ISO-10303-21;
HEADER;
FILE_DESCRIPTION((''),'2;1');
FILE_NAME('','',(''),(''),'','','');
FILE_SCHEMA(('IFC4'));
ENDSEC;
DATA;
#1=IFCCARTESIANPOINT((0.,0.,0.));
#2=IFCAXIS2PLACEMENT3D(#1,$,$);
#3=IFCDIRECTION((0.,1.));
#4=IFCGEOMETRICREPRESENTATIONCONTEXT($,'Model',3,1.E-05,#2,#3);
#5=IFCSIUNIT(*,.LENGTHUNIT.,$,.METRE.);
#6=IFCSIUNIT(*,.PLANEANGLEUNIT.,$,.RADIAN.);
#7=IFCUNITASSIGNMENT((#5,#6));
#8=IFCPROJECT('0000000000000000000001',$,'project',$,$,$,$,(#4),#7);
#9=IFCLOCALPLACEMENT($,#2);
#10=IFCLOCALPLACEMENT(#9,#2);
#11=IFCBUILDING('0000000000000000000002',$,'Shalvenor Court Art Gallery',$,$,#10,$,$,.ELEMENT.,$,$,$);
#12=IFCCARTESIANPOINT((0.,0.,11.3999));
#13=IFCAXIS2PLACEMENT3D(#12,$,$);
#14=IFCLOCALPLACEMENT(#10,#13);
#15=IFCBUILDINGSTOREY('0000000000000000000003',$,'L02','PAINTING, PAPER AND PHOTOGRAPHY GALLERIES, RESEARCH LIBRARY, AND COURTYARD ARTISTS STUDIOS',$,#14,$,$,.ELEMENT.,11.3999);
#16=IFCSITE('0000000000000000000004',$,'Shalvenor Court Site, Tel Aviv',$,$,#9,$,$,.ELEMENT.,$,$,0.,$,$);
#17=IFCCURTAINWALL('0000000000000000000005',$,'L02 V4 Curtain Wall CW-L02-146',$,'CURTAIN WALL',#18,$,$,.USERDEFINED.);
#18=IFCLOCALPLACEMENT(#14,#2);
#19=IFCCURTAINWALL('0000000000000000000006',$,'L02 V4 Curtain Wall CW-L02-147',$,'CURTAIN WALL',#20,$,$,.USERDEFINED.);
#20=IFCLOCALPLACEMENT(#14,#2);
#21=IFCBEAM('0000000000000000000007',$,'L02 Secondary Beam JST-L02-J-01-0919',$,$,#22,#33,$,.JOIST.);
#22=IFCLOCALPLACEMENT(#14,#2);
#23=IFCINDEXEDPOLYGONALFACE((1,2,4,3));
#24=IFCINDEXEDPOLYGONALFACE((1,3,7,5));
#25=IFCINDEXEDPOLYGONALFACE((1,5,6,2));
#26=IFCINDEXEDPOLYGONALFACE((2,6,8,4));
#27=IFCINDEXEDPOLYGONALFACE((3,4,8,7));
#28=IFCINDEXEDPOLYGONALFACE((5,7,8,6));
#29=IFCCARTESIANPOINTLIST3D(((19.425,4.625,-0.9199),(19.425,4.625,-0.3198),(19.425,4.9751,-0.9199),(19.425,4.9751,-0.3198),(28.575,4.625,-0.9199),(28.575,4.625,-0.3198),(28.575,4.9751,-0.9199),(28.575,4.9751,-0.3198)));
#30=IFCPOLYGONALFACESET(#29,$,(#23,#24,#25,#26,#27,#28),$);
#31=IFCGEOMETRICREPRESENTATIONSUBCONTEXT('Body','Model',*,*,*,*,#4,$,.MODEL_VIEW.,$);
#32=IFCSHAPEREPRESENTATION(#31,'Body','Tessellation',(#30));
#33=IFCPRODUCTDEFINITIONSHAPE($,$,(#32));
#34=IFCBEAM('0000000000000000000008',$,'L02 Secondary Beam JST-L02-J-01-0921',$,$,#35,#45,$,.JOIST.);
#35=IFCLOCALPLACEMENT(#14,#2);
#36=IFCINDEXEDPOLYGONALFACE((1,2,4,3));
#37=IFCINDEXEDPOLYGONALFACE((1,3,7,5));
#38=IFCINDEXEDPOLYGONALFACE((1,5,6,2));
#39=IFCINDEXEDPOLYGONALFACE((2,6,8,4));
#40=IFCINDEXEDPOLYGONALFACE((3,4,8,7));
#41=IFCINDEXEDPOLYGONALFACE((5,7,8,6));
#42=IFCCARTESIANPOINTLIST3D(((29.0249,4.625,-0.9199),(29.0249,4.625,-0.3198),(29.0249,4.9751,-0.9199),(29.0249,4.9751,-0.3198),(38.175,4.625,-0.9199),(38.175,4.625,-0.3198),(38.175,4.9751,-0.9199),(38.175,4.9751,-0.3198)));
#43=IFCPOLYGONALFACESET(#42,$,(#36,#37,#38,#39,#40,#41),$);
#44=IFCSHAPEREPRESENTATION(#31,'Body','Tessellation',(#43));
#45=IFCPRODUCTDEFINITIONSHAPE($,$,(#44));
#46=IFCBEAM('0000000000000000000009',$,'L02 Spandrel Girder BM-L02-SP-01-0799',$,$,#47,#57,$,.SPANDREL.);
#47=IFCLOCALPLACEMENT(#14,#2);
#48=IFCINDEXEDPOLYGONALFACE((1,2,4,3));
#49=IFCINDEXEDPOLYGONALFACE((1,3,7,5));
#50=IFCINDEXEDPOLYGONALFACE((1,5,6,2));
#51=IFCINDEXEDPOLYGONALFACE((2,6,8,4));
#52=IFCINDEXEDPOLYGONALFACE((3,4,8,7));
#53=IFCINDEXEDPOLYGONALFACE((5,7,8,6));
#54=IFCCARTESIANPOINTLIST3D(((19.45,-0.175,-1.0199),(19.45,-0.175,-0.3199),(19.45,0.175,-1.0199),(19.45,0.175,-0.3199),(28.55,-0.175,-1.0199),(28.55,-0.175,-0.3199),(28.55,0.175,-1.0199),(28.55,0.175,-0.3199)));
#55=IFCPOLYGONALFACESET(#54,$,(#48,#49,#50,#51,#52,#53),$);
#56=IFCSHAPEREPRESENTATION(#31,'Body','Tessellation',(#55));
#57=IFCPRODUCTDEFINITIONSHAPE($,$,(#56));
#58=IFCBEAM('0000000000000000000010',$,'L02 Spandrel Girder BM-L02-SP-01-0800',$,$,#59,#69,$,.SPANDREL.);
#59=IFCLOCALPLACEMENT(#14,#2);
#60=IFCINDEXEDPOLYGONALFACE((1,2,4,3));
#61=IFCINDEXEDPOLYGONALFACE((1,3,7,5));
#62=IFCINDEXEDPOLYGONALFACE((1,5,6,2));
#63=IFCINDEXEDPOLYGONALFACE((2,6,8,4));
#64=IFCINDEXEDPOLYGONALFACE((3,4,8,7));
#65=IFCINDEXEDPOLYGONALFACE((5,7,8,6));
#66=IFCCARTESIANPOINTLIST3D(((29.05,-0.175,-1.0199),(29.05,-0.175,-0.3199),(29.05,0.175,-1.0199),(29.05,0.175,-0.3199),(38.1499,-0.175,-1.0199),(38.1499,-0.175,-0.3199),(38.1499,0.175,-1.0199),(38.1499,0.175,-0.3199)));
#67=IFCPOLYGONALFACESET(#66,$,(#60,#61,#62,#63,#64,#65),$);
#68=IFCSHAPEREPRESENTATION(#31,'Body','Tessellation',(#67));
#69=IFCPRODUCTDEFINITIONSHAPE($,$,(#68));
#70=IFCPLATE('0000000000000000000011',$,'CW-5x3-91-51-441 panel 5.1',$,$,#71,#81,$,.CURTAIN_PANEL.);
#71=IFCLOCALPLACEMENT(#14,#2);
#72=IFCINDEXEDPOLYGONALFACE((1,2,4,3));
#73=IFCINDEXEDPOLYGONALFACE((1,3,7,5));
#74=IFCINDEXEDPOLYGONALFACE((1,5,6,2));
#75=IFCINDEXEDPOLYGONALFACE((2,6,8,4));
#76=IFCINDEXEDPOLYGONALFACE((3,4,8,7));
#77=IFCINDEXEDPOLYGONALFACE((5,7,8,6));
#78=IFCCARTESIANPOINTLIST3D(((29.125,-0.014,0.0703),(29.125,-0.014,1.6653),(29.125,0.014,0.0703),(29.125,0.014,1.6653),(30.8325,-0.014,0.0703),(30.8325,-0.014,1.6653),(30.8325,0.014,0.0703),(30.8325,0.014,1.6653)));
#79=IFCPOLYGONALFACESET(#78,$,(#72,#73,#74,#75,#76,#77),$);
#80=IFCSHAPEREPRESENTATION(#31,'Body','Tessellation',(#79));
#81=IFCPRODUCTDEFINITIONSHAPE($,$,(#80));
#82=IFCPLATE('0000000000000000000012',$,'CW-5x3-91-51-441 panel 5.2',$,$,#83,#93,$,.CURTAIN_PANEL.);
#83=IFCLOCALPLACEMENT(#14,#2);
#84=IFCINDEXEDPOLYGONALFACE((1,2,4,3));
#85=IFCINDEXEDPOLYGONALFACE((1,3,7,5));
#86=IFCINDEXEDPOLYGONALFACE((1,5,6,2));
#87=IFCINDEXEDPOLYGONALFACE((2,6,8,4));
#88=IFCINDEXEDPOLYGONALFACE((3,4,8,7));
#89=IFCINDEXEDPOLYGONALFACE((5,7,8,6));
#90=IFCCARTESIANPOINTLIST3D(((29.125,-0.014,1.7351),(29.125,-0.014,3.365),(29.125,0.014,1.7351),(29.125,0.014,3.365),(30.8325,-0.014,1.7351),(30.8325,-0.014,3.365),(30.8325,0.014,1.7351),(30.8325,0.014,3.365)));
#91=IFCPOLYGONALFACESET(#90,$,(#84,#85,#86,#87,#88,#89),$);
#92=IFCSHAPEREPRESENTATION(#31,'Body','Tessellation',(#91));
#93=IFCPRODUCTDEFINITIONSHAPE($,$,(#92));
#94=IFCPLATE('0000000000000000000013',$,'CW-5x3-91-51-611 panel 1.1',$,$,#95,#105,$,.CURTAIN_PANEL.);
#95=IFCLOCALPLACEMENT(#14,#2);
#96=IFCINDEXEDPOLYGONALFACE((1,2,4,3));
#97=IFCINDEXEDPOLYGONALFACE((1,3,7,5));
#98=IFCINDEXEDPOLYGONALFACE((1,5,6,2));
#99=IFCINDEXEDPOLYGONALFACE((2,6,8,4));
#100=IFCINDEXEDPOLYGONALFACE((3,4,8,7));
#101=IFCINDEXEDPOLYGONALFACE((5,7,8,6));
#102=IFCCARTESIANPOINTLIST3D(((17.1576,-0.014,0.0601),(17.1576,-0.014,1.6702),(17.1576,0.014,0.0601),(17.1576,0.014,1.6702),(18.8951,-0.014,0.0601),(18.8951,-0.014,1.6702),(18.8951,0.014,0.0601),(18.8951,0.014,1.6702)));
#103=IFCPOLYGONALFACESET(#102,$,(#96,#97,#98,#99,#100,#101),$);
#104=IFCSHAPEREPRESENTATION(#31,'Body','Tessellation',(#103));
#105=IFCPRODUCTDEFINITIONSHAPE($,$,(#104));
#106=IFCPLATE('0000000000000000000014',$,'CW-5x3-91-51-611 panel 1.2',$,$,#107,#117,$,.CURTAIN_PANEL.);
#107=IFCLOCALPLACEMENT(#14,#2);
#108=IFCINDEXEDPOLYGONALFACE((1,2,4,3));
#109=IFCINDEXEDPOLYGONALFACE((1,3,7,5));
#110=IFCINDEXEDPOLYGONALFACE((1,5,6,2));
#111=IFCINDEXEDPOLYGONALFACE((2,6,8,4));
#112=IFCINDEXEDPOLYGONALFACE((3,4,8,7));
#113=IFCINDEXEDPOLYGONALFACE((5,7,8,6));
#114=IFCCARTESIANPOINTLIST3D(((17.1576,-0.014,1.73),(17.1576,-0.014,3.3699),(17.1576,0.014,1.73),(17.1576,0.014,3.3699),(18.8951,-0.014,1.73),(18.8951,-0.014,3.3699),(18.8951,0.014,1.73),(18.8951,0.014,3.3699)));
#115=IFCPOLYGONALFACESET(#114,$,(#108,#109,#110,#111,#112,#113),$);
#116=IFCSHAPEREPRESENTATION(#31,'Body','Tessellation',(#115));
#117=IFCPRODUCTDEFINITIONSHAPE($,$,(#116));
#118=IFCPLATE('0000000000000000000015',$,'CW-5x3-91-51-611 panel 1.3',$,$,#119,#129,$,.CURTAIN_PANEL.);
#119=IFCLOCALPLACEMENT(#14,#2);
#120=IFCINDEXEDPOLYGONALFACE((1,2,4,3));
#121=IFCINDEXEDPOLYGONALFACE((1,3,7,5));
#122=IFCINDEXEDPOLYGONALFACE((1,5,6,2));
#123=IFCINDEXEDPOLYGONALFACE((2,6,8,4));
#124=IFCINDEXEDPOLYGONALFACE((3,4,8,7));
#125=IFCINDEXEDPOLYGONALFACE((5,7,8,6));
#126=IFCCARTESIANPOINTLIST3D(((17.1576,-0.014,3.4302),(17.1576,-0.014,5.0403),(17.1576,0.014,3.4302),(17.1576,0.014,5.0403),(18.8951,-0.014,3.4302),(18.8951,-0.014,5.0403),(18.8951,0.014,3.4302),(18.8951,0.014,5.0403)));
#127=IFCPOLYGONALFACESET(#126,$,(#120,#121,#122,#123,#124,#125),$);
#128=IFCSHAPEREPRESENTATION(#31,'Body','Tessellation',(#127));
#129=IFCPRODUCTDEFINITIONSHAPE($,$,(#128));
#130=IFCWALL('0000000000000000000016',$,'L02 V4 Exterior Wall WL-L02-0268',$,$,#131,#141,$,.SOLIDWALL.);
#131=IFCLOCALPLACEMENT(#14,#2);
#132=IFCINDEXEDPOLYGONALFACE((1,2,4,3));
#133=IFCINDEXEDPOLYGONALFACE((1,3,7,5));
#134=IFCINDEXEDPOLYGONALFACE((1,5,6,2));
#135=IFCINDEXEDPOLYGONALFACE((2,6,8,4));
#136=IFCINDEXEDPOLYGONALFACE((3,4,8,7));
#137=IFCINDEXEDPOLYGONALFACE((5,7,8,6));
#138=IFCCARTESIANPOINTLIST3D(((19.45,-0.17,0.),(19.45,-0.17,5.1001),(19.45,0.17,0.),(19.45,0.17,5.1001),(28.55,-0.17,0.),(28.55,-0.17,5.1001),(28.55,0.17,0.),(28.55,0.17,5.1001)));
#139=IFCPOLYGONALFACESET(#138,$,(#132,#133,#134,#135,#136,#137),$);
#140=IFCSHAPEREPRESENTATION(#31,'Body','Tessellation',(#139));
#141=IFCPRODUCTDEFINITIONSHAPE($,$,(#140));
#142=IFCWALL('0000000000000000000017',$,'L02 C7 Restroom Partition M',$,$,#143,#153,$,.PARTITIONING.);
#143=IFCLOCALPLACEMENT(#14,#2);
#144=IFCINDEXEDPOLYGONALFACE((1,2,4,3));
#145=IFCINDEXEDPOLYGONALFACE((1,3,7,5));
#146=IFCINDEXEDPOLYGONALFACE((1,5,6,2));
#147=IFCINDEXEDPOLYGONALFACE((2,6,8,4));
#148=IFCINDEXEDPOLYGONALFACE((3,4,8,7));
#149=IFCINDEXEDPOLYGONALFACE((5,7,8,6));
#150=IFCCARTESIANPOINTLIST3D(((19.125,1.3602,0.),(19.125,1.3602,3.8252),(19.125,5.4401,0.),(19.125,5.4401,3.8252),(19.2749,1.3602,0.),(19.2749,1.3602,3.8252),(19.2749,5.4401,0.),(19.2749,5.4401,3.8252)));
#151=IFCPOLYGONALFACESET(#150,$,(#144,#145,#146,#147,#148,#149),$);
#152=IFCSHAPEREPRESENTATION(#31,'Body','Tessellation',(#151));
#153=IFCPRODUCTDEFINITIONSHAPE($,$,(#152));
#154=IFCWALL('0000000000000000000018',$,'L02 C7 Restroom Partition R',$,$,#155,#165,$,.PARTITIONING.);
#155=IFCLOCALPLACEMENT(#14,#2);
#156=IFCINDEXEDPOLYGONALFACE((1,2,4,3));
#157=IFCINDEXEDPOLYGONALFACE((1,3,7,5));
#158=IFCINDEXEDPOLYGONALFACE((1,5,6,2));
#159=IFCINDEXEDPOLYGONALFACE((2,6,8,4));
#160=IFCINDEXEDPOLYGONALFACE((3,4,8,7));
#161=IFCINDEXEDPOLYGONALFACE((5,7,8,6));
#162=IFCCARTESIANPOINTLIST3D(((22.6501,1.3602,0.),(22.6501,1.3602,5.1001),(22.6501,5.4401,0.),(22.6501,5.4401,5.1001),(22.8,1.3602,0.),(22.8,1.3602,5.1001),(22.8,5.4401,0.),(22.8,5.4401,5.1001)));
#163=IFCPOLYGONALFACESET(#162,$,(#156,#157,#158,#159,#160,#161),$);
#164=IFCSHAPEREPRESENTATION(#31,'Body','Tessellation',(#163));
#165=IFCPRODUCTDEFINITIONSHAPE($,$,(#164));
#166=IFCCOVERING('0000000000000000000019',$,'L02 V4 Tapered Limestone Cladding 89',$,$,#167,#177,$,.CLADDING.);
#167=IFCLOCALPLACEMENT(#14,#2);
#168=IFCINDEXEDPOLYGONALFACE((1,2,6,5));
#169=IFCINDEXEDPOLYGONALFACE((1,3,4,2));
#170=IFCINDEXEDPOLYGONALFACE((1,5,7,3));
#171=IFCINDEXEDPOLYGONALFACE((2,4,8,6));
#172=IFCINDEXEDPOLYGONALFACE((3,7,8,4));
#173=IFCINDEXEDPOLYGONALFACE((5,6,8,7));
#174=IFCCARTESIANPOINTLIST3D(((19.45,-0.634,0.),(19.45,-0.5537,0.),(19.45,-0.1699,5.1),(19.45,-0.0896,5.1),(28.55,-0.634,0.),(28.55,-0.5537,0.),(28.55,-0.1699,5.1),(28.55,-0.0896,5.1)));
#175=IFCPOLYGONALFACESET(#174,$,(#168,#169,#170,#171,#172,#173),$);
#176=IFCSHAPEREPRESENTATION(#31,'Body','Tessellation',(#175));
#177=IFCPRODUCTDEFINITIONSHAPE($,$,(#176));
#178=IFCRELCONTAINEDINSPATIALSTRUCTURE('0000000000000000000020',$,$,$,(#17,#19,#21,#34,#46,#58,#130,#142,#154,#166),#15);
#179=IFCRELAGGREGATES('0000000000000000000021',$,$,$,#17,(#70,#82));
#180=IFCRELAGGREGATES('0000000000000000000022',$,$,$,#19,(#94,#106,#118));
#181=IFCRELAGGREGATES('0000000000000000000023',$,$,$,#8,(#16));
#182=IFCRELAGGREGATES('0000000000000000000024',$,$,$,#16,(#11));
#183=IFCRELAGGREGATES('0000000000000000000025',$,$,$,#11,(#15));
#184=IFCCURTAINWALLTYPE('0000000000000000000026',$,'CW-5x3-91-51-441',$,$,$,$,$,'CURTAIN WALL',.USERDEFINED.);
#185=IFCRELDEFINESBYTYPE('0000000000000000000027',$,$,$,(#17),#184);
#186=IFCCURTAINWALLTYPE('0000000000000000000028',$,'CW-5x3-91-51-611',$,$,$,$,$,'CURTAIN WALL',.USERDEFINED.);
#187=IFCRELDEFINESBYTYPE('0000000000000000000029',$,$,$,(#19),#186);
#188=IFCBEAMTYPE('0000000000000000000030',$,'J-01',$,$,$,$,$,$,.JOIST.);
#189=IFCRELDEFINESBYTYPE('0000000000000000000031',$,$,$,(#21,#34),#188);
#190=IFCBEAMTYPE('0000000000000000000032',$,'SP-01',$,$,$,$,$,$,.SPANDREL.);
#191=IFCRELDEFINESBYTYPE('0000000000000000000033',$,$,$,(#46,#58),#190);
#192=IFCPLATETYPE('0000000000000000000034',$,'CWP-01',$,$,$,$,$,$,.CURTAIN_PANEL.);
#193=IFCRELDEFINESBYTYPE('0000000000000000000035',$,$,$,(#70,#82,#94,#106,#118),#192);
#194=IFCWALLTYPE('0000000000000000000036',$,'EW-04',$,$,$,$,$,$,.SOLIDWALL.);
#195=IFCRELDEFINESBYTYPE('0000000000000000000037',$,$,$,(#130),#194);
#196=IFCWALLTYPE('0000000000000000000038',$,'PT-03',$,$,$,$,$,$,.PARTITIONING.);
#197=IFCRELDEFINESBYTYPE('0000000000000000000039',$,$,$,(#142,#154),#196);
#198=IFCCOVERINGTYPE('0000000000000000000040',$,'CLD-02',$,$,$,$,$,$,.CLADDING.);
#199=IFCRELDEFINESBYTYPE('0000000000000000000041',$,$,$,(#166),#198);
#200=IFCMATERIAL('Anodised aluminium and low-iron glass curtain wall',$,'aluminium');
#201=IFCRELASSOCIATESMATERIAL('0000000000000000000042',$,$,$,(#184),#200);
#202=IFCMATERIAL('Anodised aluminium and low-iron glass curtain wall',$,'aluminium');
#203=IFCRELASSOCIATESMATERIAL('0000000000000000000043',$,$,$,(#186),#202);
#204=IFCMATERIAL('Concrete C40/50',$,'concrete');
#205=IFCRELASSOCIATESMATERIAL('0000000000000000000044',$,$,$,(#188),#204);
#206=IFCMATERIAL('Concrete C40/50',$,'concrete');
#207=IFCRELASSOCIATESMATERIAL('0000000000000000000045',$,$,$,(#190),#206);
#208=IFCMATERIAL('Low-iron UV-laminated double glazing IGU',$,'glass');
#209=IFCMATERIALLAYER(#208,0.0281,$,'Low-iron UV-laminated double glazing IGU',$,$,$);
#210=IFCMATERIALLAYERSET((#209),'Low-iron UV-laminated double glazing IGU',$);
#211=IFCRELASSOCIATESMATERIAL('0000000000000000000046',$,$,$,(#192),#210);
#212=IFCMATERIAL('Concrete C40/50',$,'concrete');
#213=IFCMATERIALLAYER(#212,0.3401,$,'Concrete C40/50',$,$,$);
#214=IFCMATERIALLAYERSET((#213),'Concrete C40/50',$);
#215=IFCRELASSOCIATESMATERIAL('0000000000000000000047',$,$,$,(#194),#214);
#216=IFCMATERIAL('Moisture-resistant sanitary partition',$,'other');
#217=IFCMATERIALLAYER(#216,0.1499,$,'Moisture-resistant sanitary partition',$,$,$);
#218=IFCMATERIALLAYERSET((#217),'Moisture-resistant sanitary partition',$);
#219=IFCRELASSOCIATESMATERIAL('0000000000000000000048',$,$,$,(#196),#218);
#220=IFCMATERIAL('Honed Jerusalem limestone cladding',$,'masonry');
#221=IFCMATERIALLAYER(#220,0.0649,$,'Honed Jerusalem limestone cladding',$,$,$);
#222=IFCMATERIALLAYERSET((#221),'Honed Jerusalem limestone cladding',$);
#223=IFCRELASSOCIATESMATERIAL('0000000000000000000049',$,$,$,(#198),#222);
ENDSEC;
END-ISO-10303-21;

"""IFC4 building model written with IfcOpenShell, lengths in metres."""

from ifc_helpers import new_model, si_unit, direction, frame, frame_2d, origin, origin_2d, place, context, subcontext, project, spatial, polyline, rectangle, outline, extrude, material, layer, layer_set, material_profile, profile_set, type_object, element, aggregate, save


model = new_model("IFC4")

# Units and contexts
model_context = context("Model", 3, precision=1e-05, world=origin(), true_north=direction((0.0, 1.0)))
body_context = subcontext(model_context, "Body", "Model", "MODEL_VIEW")
ifc_project = project(units=[si_unit("LENGTHUNIT", "METRE"), si_unit("PLANEANGLEUNIT", "RADIAN")], contexts=[model_context])

# Site, building, storey
site_placement = place(None, origin())
site = spatial("IfcSite", under=ifc_project, at=site_placement, Name="Shalvenor Court Site, Tel Aviv", CompositionType="ELEMENT", RefElevation=0.0)
building_placement = place(site_placement, origin())
building = spatial("IfcBuilding", under=site, at=building_placement, Name="Shalvenor Court Art Gallery", CompositionType="ELEMENT")
storey_placement = place(building_placement, frame((0.0, 0.0, 11.3999)))
storey = spatial("IfcBuildingStorey", under=building, at=storey_placement, Name="L02", Description="PAINTING, PAPER AND PHOTOGRAPHY GALLERIES, RESEARCH LIBRARY, AND COURTYARD ARTISTS STUDIOS", CompositionType="ELEMENT", Elevation=11.3999)

# Curtain wall
ifc_material_1 = material(Name="Anodised aluminium and low-iron glass curtain wall", Category="aluminium")
curtain_wall_type_1 = type_object("IfcCurtainWallType", Name="CW-5x3-91-51-441", ElementType="CURTAIN WALL", PredefinedType="USERDEFINED", material=ifc_material_1)
curtain_wall_1_placement = place(storey_placement, origin())
curtain_wall_1 = element("IfcCurtainWall", 1, at=curtain_wall_1_placement, inside=storey, type_object=curtain_wall_type_1, Name="L02 V4 Curtain Wall CW-L02-146", ObjectType="CURTAIN WALL", PredefinedType="USERDEFINED")

# Curtain wall
ifc_material_2 = material(Name="Anodised aluminium and low-iron glass curtain wall", Category="aluminium")
curtain_wall_type_2 = type_object("IfcCurtainWallType", Name="CW-5x3-91-51-611", ElementType="CURTAIN WALL", PredefinedType="USERDEFINED", material=ifc_material_2)
curtain_wall_2_placement = place(storey_placement, origin())
curtain_wall_2 = element("IfcCurtainWall", 2, at=curtain_wall_2_placement, inside=storey, type_object=curtain_wall_type_2, Name="L02 V4 Curtain Wall CW-L02-147", ObjectType="CURTAIN WALL", PredefinedType="USERDEFINED")

# Beams
ifc_material_3 = material(Name="Concrete C40/50", Category="concrete")
ifc_material_profile_1 = material_profile(ifc_material_3, rectangle(XDim=0.3501, YDim=0.6001, at=origin_2d()), Name="RC 350x600")
ifc_profile_set_1 = profile_set([ifc_material_profile_1], Name="Concrete C40/50")
beam_type_1 = type_object("IfcBeamType", Name="J-01", PredefinedType="JOIST", material=ifc_profile_set_1)
beam_1_placement = place(storey_placement, frame((19.425, 4.8, -0.6199), z_axis=(1.0, 0.0, 0.0), x_axis=(0.0, 1.0, 0.0)))
element("IfcBeam", 3, at=beam_1_placement, inside=storey, type_object=beam_type_1, Name="L02 Secondary Beam JST-L02-J-01-0919", PredefinedType="JOIST", context=body_context, shape_type="SweptSolid", body=[
    extrude(rectangle(XDim=0.3501, YDim=0.6001, at=origin_2d()), origin(), (0.0, 0.0, 1.0), 9.1499),
])
beam_2_placement = place(storey_placement, frame((29.0249, 4.8, -0.6199), z_axis=(1.0, 0.0, 0.0), x_axis=(0.0, 1.0, 0.0)))
element("IfcBeam", 4, at=beam_2_placement, inside=storey, type_object=beam_type_1, Name="L02 Secondary Beam JST-L02-J-01-0921", PredefinedType="JOIST", context=body_context, shape_type="SweptSolid", body=[
    extrude(rectangle(XDim=0.3501, YDim=0.6001, at=origin_2d()), origin(), (0.0, 0.0, 1.0), 9.1501),
])
ifc_material_4 = material(Name="Concrete C40/50", Category="concrete")
ifc_material_profile_2 = material_profile(ifc_material_4, rectangle(XDim=0.3501, YDim=0.7, at=origin_2d()), Name="RC 350x700")
ifc_profile_set_2 = profile_set([ifc_material_profile_2], Name="Concrete C40/50")
beam_type_2 = type_object("IfcBeamType", Name="SP-01", PredefinedType="SPANDREL", material=ifc_profile_set_2)
beam_3_placement = place(storey_placement, frame((19.45, 0.0, -0.6699), z_axis=(1.0, 0.0, 0.0), x_axis=(0.0, 1.0, 0.0)))
element("IfcBeam", 5, at=beam_3_placement, inside=storey, type_object=beam_type_2, Name="L02 Spandrel Girder BM-L02-SP-01-0799", PredefinedType="SPANDREL", context=body_context, shape_type="SweptSolid", body=[
    extrude(rectangle(XDim=0.3501, YDim=0.7, at=origin_2d()), origin(), (0.0, 0.0, 1.0), 9.1001),
])
beam_4_placement = place(storey_placement, frame((29.05, 0.0, -0.6699), z_axis=(1.0, 0.0, 0.0), x_axis=(0.0, 1.0, 0.0)))
element("IfcBeam", 6, at=beam_4_placement, inside=storey, type_object=beam_type_2, Name="L02 Spandrel Girder BM-L02-SP-01-0800", PredefinedType="SPANDREL", context=body_context, shape_type="SweptSolid", body=[
    extrude(rectangle(XDim=0.3501, YDim=0.7, at=origin_2d()), origin(), (0.0, 0.0, 1.0), 9.0999),
])

# Plates
ifc_material_5 = material(Name="Low-iron UV-laminated double glazing IGU", Category="glass")
ifc_layer_1 = layer(ifc_material_5, 0.0281, Name="Low-iron UV-laminated double glazing IGU")
ifc_layer_set_1 = layer_set([ifc_layer_1], Name="Low-iron UV-laminated double glazing IGU")
plate_type = type_object("IfcPlateType", Name="CWP-01", PredefinedType="CURTAIN_PANEL", material=ifc_layer_set_1)
plate_1_placement = place(storey_placement, frame((29.9788, 0.0, 0.0703), z_axis=(0.0, 0.0, 1.0), x_axis=(-1.0, 0.0, 0.0)))
plate_1 = element("IfcPlate", 7, at=plate_1_placement, type_object=plate_type, Name="CW-5x3-91-51-441 panel 5.1", PredefinedType="CURTAIN_PANEL", context=body_context, shape_type="SweptSolid", body=[
    extrude(rectangle(XDim=1.7075, YDim=0.0281, at=origin_2d()), origin(), (0.0, 0.0, 1.0), 1.595),
])
plate_2_placement = place(storey_placement, frame((29.9788, 0.0, 1.7351), z_axis=(0.0, 0.0, 1.0), x_axis=(-1.0, 0.0, 0.0)))
plate_2 = element("IfcPlate", 8, at=plate_2_placement, type_object=plate_type, Name="CW-5x3-91-51-441 panel 5.2", PredefinedType="CURTAIN_PANEL", context=body_context, shape_type="SweptSolid", body=[
    extrude(rectangle(XDim=1.7075, YDim=0.0281, at=origin_2d()), origin(), (0.0, 0.0, 1.0), 1.6299),
])
aggregate(curtain_wall_1, [plate_1, plate_2])
plate_3_placement = place(storey_placement, frame((18.0264, 0.0, 0.0601), z_axis=(0.0, 0.0, 1.0), x_axis=(-1.0, 0.0, 0.0)))
plate_3 = element("IfcPlate", 9, at=plate_3_placement, type_object=plate_type, Name="CW-5x3-91-51-611 panel 1.1", PredefinedType="CURTAIN_PANEL", context=body_context, shape_type="SweptSolid", body=[
    extrude(rectangle(XDim=1.7375, YDim=0.0281, at=origin_2d()), origin(), (0.0, 0.0, 1.0), 1.6101),
])
plate_4_placement = place(storey_placement, frame((18.0264, 0.0, 1.73), z_axis=(0.0, 0.0, 1.0), x_axis=(-1.0, 0.0, 0.0)))
plate_4 = element("IfcPlate", 10, at=plate_4_placement, type_object=plate_type, Name="CW-5x3-91-51-611 panel 1.2", PredefinedType="CURTAIN_PANEL", context=body_context, shape_type="SweptSolid", body=[
    extrude(rectangle(XDim=1.7375, YDim=0.0281, at=origin_2d()), origin(), (0.0, 0.0, 1.0), 1.6399),
])
plate_5_placement = place(storey_placement, frame((18.0264, 0.0, 3.4302), z_axis=(0.0, 0.0, 1.0), x_axis=(-1.0, 0.0, 0.0)))
plate_5 = element("IfcPlate", 11, at=plate_5_placement, type_object=plate_type, Name="CW-5x3-91-51-611 panel 1.3", PredefinedType="CURTAIN_PANEL", context=body_context, shape_type="SweptSolid", body=[
    extrude(rectangle(XDim=1.7375, YDim=0.0281, at=origin_2d()), origin(), (0.0, 0.0, 1.0), 1.6101),
])
aggregate(curtain_wall_2, [plate_3, plate_4, plate_5])

# Walls
ifc_material_6 = material(Name="Concrete C40/50", Category="concrete")
ifc_layer_2 = layer(ifc_material_6, 0.3401, Name="Concrete C40/50")
ifc_layer_set_2 = layer_set([ifc_layer_2], Name="Concrete C40/50")
wall_type_1 = type_object("IfcWallType", Name="EW-04", PredefinedType="SOLIDWALL", material=ifc_layer_set_2)
wall_1_placement = place(storey_placement, frame((28.55, 0.0, 0.0), z_axis=(0.0, 0.0, 1.0), x_axis=(-1.0, 0.0, 0.0)))
element("IfcWall", 12, at=wall_1_placement, inside=storey, type_object=wall_type_1, Name="L02 V4 Exterior Wall WL-L02-0268", PredefinedType="SOLIDWALL", context=body_context, shape_type="SweptSolid", body=[
    extrude(rectangle(XDim=9.1001, YDim=0.3401, at=frame_2d((4.55, 0.0))), origin(), (0.0, 0.0, 1.0), 5.1001),
])
ifc_material_7 = material(Name="Moisture-resistant sanitary partition", Category="other")
ifc_layer_3 = layer(ifc_material_7, 0.1499, Name="Moisture-resistant sanitary partition")
ifc_layer_set_3 = layer_set([ifc_layer_3], Name="Moisture-resistant sanitary partition")
wall_type_2 = type_object("IfcWallType", Name="PT-03", PredefinedType="PARTITIONING", material=ifc_layer_set_3)
wall_2_placement = place(storey_placement, frame((19.2, 1.3601, 0.0), z_axis=(0.0, 0.0, 1.0), x_axis=(0.0, 1.0, 0.0)))
element("IfcWall", 13, at=wall_2_placement, inside=storey, type_object=wall_type_2, Name="L02 C7 Restroom Partition M", PredefinedType="PARTITIONING", context=body_context, shape_type="SweptSolid", body=[
    extrude(rectangle(XDim=4.0798, YDim=0.1499, at=frame_2d((2.04, 0.0))), origin(), (0.0, 0.0, 1.0), 3.8252),
])
wall_3_placement = place(storey_placement, frame((22.7251, 1.3601, 0.0), z_axis=(0.0, 0.0, 1.0), x_axis=(0.0, 1.0, 0.0)))
element("IfcWall", 14, at=wall_3_placement, inside=storey, type_object=wall_type_2, Name="L02 C7 Restroom Partition R", PredefinedType="PARTITIONING", context=body_context, shape_type="SweptSolid", body=[
    extrude(rectangle(XDim=4.0798, YDim=0.1499, at=frame_2d((2.04, 0.0))), origin(), (0.0, 0.0, 1.0), 5.1001),
])

# Covering
ifc_material_8 = material(Name="Honed Jerusalem limestone cladding", Category="masonry")
ifc_layer_4 = layer(ifc_material_8, 0.0649, Name="Honed Jerusalem limestone cladding")
ifc_layer_set_4 = layer_set([ifc_layer_4], Name="Honed Jerusalem limestone cladding")
covering_type = type_object("IfcCoveringType", Name="CLD-02", PredefinedType="CLADDING", material=ifc_layer_set_4)
covering_placement = place(storey_placement, frame((19.45, -0.634, 0.0), z_axis=(0.0, 0.0, 1.0), x_axis=(1.0, 0.0, 0.0)))
element("IfcCovering", 15, at=covering_placement, inside=storey, type_object=covering_type, Name="L02 V4 Tapered Limestone Cladding 89", PredefinedType="CLADDING", context=body_context, shape_type="SweptSolid", body=[
    extrude(outline(polyline([(0.0, 0.0), (9.1001, 0.0), (9.1001, 5.1211), (0.0, 5.1211), (0.0, 0.0)])), frame((0.0, 0.0, 0.0), z_axis=(0.0, -0.995884, 0.090633), x_axis=(1.0, 0.0, 0.0)), (0.0, 0.090633, -0.995884), 0.0803),
])

save(model, "model.ifc")
